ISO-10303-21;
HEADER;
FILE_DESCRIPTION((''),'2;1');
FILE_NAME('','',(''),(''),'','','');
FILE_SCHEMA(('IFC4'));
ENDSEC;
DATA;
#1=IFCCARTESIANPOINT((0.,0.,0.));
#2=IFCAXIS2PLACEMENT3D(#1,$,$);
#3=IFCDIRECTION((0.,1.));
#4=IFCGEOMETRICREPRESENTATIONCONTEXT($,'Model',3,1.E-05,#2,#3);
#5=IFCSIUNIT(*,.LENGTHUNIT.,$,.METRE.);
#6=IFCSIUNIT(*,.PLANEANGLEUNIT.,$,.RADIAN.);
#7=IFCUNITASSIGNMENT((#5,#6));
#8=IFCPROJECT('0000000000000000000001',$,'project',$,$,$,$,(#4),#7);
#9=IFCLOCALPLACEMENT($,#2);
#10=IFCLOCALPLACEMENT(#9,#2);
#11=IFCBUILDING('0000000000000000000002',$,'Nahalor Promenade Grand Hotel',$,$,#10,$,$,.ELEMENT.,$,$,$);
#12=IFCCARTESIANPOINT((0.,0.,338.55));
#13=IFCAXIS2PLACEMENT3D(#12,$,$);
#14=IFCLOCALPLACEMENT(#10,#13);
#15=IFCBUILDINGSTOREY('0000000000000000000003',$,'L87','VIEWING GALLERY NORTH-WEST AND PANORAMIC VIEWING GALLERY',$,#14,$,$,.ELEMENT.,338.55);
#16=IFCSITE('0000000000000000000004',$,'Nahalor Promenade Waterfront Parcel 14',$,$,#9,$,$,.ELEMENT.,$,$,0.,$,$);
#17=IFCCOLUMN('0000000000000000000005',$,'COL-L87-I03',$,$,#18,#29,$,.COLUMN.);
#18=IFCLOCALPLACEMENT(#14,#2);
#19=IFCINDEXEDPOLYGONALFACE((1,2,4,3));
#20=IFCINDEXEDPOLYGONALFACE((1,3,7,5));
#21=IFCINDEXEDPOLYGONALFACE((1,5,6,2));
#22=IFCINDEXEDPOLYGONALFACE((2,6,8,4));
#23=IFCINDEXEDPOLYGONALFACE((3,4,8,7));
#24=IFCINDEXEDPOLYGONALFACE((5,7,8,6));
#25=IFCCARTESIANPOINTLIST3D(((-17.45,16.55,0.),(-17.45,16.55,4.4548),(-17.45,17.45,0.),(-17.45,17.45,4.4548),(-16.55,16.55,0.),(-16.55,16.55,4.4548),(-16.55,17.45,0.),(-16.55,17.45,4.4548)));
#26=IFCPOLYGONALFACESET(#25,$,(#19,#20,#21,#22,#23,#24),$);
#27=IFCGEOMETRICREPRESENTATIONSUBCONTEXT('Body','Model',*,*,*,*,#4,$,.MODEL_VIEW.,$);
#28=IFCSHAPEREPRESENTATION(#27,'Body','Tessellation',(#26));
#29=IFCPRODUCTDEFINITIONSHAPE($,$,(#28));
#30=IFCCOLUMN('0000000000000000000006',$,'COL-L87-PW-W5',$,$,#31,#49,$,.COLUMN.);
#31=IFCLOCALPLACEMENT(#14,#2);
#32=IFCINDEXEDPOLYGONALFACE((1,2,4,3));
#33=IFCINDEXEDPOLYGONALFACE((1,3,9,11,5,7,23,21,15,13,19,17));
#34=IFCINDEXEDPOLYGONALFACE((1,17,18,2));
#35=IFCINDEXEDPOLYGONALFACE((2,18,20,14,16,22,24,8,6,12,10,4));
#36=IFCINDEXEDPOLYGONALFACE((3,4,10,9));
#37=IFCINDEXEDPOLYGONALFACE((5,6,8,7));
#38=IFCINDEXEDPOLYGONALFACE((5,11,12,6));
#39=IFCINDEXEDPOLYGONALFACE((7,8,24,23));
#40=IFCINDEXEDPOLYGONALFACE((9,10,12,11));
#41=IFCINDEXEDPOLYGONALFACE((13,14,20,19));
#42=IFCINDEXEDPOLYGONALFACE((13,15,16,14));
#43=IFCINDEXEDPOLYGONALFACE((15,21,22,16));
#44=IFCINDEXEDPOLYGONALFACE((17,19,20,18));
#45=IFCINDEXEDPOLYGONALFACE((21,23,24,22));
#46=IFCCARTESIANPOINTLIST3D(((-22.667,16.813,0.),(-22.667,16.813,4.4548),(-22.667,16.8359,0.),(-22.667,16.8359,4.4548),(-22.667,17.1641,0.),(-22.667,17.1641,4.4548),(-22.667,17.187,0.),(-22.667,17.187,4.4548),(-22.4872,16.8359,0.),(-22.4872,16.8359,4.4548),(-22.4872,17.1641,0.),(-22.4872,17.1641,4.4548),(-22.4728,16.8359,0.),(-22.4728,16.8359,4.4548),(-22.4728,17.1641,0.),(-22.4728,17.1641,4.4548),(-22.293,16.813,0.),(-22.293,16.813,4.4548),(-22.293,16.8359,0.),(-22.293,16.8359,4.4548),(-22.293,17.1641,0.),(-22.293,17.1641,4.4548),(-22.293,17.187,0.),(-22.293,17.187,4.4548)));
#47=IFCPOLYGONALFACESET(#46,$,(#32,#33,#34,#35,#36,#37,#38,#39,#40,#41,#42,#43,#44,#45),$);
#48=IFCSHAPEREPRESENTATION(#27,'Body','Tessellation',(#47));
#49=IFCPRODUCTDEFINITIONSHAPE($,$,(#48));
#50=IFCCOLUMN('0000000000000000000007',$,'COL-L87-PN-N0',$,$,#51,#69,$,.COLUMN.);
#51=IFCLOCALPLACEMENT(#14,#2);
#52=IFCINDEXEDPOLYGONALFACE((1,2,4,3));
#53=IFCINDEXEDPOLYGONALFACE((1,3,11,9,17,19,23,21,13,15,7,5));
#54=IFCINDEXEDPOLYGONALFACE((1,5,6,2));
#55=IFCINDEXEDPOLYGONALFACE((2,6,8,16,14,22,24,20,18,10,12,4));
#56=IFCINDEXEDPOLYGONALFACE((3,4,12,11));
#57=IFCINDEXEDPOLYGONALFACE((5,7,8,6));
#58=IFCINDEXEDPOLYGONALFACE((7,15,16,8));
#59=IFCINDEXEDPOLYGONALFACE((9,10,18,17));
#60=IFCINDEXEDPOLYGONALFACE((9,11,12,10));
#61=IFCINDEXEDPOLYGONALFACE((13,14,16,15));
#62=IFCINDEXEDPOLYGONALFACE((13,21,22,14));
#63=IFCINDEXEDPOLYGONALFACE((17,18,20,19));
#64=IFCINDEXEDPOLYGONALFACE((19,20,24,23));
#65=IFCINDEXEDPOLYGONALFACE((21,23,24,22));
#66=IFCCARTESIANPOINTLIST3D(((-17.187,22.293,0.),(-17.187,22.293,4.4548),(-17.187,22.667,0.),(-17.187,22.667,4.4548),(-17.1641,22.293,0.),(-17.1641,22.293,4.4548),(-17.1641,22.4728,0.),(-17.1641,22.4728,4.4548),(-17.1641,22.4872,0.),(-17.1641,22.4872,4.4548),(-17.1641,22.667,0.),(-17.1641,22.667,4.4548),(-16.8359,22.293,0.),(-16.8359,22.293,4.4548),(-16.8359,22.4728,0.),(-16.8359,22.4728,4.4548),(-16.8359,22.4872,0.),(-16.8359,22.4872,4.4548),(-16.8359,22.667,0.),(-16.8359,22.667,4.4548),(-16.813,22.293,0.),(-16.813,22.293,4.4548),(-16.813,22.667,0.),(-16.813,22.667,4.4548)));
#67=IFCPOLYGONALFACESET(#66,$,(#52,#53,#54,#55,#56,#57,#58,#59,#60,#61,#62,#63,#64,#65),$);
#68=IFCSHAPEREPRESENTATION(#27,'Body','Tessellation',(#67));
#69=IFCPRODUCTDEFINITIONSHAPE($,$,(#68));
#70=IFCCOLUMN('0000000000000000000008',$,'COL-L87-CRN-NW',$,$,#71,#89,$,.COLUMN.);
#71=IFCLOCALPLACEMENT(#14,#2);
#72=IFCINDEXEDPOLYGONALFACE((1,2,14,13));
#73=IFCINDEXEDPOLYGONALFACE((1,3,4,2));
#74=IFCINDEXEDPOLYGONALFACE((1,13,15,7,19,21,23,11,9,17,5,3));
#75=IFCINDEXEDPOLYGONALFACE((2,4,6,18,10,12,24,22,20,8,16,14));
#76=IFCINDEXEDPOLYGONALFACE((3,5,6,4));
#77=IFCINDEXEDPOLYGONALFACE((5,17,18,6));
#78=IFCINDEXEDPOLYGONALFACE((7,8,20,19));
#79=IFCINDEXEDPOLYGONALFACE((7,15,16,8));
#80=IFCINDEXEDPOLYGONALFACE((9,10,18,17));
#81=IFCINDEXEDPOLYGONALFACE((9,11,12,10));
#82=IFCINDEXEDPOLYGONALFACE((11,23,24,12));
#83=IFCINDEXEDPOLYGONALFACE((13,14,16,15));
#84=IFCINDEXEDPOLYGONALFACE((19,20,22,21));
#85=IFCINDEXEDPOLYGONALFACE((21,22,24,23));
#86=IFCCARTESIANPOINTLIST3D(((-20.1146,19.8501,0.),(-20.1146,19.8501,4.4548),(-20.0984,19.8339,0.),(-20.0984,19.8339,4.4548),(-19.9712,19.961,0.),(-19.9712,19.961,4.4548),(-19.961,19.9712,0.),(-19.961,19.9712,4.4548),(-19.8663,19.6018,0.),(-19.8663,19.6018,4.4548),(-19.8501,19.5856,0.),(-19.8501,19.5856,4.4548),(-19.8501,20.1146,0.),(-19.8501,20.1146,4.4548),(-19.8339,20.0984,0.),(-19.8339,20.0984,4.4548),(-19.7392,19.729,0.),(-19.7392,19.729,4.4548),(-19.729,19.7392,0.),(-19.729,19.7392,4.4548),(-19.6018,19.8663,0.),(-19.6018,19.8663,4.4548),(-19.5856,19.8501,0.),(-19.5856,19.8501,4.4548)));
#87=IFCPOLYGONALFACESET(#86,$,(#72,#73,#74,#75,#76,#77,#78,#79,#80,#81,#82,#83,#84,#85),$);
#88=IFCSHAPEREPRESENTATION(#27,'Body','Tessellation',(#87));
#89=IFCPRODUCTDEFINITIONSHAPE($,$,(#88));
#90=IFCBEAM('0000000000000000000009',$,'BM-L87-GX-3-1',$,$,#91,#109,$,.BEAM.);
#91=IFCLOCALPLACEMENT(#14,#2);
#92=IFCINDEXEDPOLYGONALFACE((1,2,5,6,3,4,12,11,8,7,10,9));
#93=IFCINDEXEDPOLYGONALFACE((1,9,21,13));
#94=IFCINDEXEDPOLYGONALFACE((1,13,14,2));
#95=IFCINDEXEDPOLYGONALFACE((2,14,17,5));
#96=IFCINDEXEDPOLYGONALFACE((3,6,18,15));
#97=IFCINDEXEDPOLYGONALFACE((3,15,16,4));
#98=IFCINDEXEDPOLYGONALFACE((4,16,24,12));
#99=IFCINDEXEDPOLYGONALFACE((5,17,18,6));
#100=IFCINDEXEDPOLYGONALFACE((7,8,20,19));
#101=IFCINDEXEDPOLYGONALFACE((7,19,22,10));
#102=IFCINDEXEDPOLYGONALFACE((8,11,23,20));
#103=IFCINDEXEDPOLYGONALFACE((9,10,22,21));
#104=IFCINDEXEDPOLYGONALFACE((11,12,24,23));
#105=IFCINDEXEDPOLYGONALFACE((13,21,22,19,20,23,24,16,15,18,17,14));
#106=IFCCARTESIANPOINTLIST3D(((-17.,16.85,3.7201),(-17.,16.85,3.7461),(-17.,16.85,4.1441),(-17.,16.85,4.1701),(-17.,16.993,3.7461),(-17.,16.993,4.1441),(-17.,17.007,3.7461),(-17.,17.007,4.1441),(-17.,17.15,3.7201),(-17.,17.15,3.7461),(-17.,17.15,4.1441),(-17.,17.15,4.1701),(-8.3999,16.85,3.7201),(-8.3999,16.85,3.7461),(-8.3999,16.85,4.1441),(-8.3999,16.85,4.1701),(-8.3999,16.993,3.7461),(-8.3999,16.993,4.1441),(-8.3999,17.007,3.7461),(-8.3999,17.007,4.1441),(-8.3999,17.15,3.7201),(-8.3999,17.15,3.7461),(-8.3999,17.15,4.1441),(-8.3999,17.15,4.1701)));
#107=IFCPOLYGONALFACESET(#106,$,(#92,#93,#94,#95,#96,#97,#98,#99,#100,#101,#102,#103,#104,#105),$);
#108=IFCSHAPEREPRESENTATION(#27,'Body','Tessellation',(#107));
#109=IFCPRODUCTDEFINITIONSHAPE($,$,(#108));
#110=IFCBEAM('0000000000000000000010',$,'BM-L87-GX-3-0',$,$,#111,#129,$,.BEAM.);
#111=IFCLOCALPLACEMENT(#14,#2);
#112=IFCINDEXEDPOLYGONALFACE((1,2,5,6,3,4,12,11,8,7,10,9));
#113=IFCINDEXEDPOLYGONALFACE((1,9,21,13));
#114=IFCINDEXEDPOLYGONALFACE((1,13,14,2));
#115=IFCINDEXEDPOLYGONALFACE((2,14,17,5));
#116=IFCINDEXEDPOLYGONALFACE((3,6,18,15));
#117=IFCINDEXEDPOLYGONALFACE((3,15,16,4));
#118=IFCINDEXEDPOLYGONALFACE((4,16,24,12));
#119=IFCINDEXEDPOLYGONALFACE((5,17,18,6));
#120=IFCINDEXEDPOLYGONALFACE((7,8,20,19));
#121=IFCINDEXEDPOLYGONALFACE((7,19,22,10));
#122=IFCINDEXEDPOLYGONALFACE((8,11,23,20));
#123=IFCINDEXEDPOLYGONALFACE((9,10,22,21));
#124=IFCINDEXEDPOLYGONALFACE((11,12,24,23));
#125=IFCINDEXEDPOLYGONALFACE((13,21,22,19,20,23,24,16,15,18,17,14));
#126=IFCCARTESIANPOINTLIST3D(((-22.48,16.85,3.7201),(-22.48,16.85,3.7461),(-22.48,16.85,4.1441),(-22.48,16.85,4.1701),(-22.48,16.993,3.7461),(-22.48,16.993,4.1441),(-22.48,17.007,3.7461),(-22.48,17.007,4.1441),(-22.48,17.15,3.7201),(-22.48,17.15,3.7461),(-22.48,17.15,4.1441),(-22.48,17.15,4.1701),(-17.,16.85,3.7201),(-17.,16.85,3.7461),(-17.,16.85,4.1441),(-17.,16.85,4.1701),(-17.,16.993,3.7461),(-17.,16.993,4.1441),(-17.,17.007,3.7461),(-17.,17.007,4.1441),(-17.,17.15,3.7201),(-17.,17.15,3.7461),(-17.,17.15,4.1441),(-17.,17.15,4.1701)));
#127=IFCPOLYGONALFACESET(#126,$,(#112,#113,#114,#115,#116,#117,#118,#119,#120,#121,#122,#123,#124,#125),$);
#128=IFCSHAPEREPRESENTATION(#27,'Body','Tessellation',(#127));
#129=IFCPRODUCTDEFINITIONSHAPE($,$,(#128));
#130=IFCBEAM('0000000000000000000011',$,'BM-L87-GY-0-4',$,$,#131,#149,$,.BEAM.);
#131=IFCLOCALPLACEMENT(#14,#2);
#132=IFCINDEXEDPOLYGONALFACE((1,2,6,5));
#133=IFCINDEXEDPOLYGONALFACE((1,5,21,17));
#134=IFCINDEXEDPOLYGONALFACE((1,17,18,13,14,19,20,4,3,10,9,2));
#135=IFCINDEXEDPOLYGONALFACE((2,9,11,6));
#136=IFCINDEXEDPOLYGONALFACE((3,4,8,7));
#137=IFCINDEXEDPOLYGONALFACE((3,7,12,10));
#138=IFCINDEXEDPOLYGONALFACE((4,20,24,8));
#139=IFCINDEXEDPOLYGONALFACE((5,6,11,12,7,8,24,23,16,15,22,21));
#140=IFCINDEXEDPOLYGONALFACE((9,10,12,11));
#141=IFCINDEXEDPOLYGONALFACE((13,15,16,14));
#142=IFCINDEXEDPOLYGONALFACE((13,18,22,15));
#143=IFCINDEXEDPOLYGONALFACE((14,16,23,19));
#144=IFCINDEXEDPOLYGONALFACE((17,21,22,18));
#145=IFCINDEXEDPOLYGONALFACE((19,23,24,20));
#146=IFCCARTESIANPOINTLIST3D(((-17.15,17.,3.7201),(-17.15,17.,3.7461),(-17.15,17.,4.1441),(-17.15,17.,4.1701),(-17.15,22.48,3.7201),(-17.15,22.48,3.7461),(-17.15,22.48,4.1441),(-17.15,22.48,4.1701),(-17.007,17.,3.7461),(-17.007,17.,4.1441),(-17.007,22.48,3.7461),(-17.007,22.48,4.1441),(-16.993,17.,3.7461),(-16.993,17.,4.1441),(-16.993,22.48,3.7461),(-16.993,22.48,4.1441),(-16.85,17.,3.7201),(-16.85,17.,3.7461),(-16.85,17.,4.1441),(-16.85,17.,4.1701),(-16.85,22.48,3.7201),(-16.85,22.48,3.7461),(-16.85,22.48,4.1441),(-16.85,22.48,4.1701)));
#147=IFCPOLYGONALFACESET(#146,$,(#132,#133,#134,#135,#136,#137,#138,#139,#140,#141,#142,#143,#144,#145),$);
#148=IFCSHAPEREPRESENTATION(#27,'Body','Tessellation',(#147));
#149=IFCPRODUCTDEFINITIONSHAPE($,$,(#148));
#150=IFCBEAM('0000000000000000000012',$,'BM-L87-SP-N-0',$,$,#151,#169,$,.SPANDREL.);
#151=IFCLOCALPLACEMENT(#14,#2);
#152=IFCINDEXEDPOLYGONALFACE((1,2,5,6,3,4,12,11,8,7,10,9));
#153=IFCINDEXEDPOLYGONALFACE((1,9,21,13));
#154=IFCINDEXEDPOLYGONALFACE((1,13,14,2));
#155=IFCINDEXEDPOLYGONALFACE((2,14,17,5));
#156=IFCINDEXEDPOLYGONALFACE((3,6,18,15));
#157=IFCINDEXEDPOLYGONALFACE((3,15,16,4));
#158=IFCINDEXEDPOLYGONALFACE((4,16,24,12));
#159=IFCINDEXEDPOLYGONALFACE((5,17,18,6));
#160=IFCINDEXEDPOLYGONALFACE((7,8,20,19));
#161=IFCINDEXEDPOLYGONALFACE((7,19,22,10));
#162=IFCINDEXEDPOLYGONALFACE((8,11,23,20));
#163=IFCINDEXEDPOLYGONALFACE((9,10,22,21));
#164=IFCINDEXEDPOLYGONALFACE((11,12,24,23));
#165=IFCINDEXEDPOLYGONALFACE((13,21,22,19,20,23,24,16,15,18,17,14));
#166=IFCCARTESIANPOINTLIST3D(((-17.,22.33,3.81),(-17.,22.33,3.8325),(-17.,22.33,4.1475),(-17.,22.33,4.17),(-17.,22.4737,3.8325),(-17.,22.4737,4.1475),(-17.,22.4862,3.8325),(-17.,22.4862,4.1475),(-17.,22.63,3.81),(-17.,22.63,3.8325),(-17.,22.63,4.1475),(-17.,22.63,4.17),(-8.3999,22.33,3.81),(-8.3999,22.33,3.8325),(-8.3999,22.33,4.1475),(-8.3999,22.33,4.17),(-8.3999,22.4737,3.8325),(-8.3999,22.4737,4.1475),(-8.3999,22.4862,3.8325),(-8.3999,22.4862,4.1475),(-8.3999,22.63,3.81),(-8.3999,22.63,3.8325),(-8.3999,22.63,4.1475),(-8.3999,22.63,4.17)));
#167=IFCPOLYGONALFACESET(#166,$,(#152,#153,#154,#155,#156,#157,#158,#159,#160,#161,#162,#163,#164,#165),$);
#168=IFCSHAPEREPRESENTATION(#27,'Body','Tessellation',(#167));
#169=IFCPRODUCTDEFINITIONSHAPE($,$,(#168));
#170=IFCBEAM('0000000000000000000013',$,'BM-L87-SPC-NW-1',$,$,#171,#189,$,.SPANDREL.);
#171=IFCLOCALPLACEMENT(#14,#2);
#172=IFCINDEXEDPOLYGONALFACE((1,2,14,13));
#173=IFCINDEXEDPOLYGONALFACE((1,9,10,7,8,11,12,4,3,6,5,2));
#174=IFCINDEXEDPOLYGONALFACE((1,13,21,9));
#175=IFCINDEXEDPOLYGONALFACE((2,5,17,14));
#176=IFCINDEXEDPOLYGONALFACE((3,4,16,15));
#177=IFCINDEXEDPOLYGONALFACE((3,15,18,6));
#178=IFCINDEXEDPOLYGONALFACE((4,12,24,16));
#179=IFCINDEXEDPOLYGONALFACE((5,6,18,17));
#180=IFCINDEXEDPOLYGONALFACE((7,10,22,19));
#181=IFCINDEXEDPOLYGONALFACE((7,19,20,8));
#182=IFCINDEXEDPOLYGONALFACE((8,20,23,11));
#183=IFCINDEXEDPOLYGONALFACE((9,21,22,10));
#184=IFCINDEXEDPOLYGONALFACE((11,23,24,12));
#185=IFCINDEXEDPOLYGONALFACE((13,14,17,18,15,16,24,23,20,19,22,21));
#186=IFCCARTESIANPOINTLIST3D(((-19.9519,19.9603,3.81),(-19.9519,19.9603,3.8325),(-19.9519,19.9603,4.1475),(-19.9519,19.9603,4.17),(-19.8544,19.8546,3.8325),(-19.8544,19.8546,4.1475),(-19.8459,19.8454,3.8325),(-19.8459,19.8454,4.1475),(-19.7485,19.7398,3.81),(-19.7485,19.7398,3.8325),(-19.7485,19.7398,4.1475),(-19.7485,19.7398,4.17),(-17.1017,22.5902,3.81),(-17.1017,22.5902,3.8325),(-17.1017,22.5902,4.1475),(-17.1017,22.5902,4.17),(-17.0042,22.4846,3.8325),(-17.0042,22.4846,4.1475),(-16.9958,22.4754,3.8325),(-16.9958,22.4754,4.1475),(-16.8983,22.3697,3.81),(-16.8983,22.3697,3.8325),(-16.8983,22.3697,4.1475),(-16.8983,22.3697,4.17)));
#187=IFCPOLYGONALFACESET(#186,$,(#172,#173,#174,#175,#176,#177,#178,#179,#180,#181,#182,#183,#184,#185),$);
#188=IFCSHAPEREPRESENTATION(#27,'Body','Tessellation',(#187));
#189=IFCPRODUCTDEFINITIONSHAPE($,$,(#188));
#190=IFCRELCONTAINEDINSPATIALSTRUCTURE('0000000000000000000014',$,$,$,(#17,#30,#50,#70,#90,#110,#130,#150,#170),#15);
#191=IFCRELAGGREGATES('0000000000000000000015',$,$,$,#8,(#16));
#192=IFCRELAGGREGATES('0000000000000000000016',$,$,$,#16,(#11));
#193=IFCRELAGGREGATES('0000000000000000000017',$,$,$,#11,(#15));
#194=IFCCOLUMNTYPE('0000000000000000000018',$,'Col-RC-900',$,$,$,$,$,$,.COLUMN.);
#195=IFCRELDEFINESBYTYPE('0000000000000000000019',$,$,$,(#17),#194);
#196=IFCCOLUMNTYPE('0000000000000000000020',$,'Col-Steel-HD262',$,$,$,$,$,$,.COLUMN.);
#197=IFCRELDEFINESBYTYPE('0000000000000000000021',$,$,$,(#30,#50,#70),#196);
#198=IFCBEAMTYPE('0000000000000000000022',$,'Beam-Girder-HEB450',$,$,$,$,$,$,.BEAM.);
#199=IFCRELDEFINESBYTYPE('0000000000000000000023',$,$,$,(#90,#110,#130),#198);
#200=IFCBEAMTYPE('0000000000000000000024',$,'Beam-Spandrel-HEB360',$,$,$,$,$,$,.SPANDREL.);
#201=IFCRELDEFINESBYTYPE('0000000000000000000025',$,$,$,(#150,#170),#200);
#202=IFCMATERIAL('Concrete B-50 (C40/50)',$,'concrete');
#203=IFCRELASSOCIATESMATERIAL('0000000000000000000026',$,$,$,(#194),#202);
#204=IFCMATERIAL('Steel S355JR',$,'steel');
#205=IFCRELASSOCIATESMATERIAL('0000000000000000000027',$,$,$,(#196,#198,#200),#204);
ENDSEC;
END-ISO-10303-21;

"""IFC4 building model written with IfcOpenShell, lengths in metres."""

from ifc_helpers import new_model, si_unit, direction, frame, origin, origin_2d, place, context, subcontext, project, spatial, rectangle, i_section, extrude, source, transform, mapped, material, material_profile, profile_set, type_object, element, save


model = new_model("IFC4")

# Units and contexts
model_context = context("Model", 3, precision=1e-05, world=origin(), true_north=direction((0.0, 1.0)))
body_context = subcontext(model_context, "Body", "Model", "MODEL_VIEW")
ifc_project = project(units=[si_unit("LENGTHUNIT", "METRE"), si_unit("PLANEANGLEUNIT", "RADIAN")], contexts=[model_context])

# Site, building, storey
site_placement = place(None, origin())
site = spatial("IfcSite", under=ifc_project, at=site_placement, Name="Nahalor Promenade Waterfront Parcel 14", CompositionType="ELEMENT", RefElevation=0.0)
building_placement = place(site_placement, origin())
building = spatial("IfcBuilding", under=site, at=building_placement, Name="Nahalor Promenade Grand Hotel", CompositionType="ELEMENT")
storey_placement = place(building_placement, frame((0.0, 0.0, 338.55)))
storey = spatial("IfcBuildingStorey", under=building, at=storey_placement, Name="L87", Description="VIEWING GALLERY NORTH-WEST AND PANORAMIC VIEWING GALLERY", CompositionType="ELEMENT", Elevation=338.55)

# Columns
ifc_material_1 = material(Name="Concrete B-50 (C40/50)", Category="concrete")
ifc_material_profile_1 = material_profile(ifc_material_1, rectangle(XDim=0.9, YDim=0.9, at=origin_2d()), Name="RC 900x900")
ifc_profile_set_1 = profile_set([ifc_material_profile_1], Name="Concrete B-50 (C40/50)")
column_type_1 = type_object("IfcColumnType", Name="Col-RC-900", PredefinedType="COLUMN", material=ifc_profile_set_1)
shared_shape_1 = source(origin(), body_context, "Body", "SweptSolid", [
    extrude(rectangle(XDim=0.9, YDim=0.9, at=origin_2d()), origin(), (0.0, 0.0, 1.0), 4.4548),
])
column_placement = place(storey_placement, frame((-17.0, 17.0, 0.0), z_axis=(0.0, 0.0, 1.0), x_axis=(1.0, 0.0, 0.0)))
element("IfcColumn", 1, at=column_placement, inside=storey, type_object=column_type_1, Name="COL-L87-I03", PredefinedType="COLUMN", context=body_context, shape_type="MappedRepresentation", body=[
    mapped(shared_shape_1, transform((0.0, 0.0, 0.0), scale=1.0)),
])
ifc_material_2 = material(Name="Steel S355JR", Category="steel")
ifc_material_profile_2 = material_profile(ifc_material_2, i_section(OverallWidth=0.374, OverallDepth=0.374, WebThickness=0.0144, FlangeThickness=0.0229, at=origin_2d()), Name="HD 360x262")
ifc_profile_set_2 = profile_set([ifc_material_profile_2], Name="Steel S355JR")
column_type_2 = type_object("IfcColumnType", Name="Col-Steel-HD262", PredefinedType="COLUMN", material=ifc_profile_set_2)
shared_shape_2 = source(origin(), body_context, "Body", "SweptSolid", [
    extrude(i_section(OverallWidth=0.374, OverallDepth=0.374, WebThickness=0.0144, FlangeThickness=0.0229, at=origin_2d()), origin(), (0.0, 0.0, 1.0), 4.4548),
])
for number, where, z_axis, x_axis, name in (
    (2, (-22.48, 17.0, 0.0), (0.0, 0.0, 1.0), (1.0, 0.0, 0.0), "COL-L87-PW-W5"),
    (3, (-17.0, 22.48, 0.0), (0.0, 0.0, 1.0), (0.0, 1.0, 0.0), "COL-L87-PN-N0"),
    (4, (-19.8501, 19.8501, 0.0), (0.0, 0.0, 1.0), (0.707107, 0.707107, 0.0), "COL-L87-CRN-NW"),
):
    element("IfcColumn", number, at=place(storey_placement, frame(where, z_axis=z_axis, x_axis=x_axis)), inside=storey, type_object=column_type_2, Name=name, PredefinedType="COLUMN", context=body_context, shape_type="MappedRepresentation", body=[
        mapped(shared_shape_2, transform((0.0, 0.0, 0.0), scale=1.0)),
    ])

# Beams
ifc_material_profile_3 = material_profile(ifc_material_2, i_section(OverallWidth=0.3, OverallDepth=0.45, WebThickness=0.014, FlangeThickness=0.026, at=origin_2d()), Name="HEB 450")
ifc_profile_set_3 = profile_set([ifc_material_profile_3], Name="Steel S355JR")
beam_type_1 = type_object("IfcBeamType", Name="Beam-Girder-HEB450", PredefinedType="BEAM", material=ifc_profile_set_3)
shared_shape_3 = source(origin(), body_context, "Body", "SweptSolid", [
    extrude(i_section(OverallWidth=0.3, OverallDepth=0.45, WebThickness=0.014, FlangeThickness=0.026, at=origin_2d()), origin(), (0.0, 0.0, 1.0), 8.6001),
])
beam_1_placement = place(storey_placement, frame((-17.0, 17.0, 3.9451), z_axis=(1.0, 0.0, 0.0), x_axis=(0.0, 1.0, 0.0)))
element("IfcBeam", 5, at=beam_1_placement, inside=storey, type_object=beam_type_1, Name="BM-L87-GX-3-1", PredefinedType="BEAM", context=body_context, shape_type="MappedRepresentation", body=[
    mapped(shared_shape_3, transform((0.0, 0.0, 0.0), scale=1.0)),
])
shared_shape_4 = source(origin(), body_context, "Body", "SweptSolid", [
    extrude(i_section(OverallWidth=0.3, OverallDepth=0.45, WebThickness=0.014, FlangeThickness=0.026, at=origin_2d()), origin(), (0.0, 0.0, 1.0), 5.48),
])
for number, where, z_axis, x_axis, name in (
    (6, (-22.48, 17.0, 3.9451), (1.0, 0.0, 0.0), (0.0, 1.0, 0.0), "BM-L87-GX-3-0"),
    (7, (-17.0, 17.0, 3.9451), (0.0, 1.0, 0.0), (-1.0, 0.0, 0.0), "BM-L87-GY-0-4"),
):
    element("IfcBeam", number, at=place(storey_placement, frame(where, z_axis=z_axis, x_axis=x_axis)), inside=storey, type_object=beam_type_1, Name=name, PredefinedType="BEAM", context=body_context, shape_type="MappedRepresentation", body=[
        mapped(shared_shape_4, transform((0.0, 0.0, 0.0), scale=1.0)),
    ])
ifc_material_profile_4 = material_profile(ifc_material_2, i_section(OverallWidth=0.3, OverallDepth=0.36, WebThickness=0.0125, FlangeThickness=0.0225, at=origin_2d()), Name="HEB 360")
ifc_profile_set_4 = profile_set([ifc_material_profile_4], Name="Steel S355JR")
beam_type_2 = type_object("IfcBeamType", Name="Beam-Spandrel-HEB360", PredefinedType="SPANDREL", material=ifc_profile_set_4)
shared_shape_5 = source(origin(), body_context, "Body", "SweptSolid", [
    extrude(i_section(OverallWidth=0.3, OverallDepth=0.36, WebThickness=0.0125, FlangeThickness=0.0225, at=origin_2d()), origin(), (0.0, 0.0, 1.0), 8.6001),
])
beam_2_placement = place(storey_placement, frame((-17.0, 22.48, 3.99), z_axis=(1.0, 0.0, 0.0), x_axis=(0.0, 1.0, 0.0)))
element("IfcBeam", 8, at=beam_2_placement, inside=storey, type_object=beam_type_2, Name="BM-L87-SP-N-0", PredefinedType="SPANDREL", context=body_context, shape_type="MappedRepresentation", body=[
    mapped(shared_shape_5, transform((0.0, 0.0, 0.0), scale=1.0)),
])
shared_shape_6 = source(origin(), body_context, "Body", "SweptSolid", [
    extrude(i_section(OverallWidth=0.3, OverallDepth=0.36, WebThickness=0.0125, FlangeThickness=0.0225, at=origin_2d()), origin(), (0.0, 0.0, 1.0), 3.8782),
])
for number, where, z_axis, x_axis, name in (
    (9, (-17.0, 22.48, 3.99), (-0.734929, -0.678144, 0.0), (0.678144, -0.734929, 0.0), "BM-L87-SPC-NW-1"),
):
    element("IfcBeam", number, at=place(storey_placement, frame(where, z_axis=z_axis, x_axis=x_axis)), inside=storey, type_object=beam_type_2, Name=name, PredefinedType="SPANDREL", context=body_context, shape_type="MappedRepresentation", body=[
        mapped(shared_shape_6, transform((0.0, 0.0, 0.0), scale=1.0)),
    ])

save(model, "model.ifc")
